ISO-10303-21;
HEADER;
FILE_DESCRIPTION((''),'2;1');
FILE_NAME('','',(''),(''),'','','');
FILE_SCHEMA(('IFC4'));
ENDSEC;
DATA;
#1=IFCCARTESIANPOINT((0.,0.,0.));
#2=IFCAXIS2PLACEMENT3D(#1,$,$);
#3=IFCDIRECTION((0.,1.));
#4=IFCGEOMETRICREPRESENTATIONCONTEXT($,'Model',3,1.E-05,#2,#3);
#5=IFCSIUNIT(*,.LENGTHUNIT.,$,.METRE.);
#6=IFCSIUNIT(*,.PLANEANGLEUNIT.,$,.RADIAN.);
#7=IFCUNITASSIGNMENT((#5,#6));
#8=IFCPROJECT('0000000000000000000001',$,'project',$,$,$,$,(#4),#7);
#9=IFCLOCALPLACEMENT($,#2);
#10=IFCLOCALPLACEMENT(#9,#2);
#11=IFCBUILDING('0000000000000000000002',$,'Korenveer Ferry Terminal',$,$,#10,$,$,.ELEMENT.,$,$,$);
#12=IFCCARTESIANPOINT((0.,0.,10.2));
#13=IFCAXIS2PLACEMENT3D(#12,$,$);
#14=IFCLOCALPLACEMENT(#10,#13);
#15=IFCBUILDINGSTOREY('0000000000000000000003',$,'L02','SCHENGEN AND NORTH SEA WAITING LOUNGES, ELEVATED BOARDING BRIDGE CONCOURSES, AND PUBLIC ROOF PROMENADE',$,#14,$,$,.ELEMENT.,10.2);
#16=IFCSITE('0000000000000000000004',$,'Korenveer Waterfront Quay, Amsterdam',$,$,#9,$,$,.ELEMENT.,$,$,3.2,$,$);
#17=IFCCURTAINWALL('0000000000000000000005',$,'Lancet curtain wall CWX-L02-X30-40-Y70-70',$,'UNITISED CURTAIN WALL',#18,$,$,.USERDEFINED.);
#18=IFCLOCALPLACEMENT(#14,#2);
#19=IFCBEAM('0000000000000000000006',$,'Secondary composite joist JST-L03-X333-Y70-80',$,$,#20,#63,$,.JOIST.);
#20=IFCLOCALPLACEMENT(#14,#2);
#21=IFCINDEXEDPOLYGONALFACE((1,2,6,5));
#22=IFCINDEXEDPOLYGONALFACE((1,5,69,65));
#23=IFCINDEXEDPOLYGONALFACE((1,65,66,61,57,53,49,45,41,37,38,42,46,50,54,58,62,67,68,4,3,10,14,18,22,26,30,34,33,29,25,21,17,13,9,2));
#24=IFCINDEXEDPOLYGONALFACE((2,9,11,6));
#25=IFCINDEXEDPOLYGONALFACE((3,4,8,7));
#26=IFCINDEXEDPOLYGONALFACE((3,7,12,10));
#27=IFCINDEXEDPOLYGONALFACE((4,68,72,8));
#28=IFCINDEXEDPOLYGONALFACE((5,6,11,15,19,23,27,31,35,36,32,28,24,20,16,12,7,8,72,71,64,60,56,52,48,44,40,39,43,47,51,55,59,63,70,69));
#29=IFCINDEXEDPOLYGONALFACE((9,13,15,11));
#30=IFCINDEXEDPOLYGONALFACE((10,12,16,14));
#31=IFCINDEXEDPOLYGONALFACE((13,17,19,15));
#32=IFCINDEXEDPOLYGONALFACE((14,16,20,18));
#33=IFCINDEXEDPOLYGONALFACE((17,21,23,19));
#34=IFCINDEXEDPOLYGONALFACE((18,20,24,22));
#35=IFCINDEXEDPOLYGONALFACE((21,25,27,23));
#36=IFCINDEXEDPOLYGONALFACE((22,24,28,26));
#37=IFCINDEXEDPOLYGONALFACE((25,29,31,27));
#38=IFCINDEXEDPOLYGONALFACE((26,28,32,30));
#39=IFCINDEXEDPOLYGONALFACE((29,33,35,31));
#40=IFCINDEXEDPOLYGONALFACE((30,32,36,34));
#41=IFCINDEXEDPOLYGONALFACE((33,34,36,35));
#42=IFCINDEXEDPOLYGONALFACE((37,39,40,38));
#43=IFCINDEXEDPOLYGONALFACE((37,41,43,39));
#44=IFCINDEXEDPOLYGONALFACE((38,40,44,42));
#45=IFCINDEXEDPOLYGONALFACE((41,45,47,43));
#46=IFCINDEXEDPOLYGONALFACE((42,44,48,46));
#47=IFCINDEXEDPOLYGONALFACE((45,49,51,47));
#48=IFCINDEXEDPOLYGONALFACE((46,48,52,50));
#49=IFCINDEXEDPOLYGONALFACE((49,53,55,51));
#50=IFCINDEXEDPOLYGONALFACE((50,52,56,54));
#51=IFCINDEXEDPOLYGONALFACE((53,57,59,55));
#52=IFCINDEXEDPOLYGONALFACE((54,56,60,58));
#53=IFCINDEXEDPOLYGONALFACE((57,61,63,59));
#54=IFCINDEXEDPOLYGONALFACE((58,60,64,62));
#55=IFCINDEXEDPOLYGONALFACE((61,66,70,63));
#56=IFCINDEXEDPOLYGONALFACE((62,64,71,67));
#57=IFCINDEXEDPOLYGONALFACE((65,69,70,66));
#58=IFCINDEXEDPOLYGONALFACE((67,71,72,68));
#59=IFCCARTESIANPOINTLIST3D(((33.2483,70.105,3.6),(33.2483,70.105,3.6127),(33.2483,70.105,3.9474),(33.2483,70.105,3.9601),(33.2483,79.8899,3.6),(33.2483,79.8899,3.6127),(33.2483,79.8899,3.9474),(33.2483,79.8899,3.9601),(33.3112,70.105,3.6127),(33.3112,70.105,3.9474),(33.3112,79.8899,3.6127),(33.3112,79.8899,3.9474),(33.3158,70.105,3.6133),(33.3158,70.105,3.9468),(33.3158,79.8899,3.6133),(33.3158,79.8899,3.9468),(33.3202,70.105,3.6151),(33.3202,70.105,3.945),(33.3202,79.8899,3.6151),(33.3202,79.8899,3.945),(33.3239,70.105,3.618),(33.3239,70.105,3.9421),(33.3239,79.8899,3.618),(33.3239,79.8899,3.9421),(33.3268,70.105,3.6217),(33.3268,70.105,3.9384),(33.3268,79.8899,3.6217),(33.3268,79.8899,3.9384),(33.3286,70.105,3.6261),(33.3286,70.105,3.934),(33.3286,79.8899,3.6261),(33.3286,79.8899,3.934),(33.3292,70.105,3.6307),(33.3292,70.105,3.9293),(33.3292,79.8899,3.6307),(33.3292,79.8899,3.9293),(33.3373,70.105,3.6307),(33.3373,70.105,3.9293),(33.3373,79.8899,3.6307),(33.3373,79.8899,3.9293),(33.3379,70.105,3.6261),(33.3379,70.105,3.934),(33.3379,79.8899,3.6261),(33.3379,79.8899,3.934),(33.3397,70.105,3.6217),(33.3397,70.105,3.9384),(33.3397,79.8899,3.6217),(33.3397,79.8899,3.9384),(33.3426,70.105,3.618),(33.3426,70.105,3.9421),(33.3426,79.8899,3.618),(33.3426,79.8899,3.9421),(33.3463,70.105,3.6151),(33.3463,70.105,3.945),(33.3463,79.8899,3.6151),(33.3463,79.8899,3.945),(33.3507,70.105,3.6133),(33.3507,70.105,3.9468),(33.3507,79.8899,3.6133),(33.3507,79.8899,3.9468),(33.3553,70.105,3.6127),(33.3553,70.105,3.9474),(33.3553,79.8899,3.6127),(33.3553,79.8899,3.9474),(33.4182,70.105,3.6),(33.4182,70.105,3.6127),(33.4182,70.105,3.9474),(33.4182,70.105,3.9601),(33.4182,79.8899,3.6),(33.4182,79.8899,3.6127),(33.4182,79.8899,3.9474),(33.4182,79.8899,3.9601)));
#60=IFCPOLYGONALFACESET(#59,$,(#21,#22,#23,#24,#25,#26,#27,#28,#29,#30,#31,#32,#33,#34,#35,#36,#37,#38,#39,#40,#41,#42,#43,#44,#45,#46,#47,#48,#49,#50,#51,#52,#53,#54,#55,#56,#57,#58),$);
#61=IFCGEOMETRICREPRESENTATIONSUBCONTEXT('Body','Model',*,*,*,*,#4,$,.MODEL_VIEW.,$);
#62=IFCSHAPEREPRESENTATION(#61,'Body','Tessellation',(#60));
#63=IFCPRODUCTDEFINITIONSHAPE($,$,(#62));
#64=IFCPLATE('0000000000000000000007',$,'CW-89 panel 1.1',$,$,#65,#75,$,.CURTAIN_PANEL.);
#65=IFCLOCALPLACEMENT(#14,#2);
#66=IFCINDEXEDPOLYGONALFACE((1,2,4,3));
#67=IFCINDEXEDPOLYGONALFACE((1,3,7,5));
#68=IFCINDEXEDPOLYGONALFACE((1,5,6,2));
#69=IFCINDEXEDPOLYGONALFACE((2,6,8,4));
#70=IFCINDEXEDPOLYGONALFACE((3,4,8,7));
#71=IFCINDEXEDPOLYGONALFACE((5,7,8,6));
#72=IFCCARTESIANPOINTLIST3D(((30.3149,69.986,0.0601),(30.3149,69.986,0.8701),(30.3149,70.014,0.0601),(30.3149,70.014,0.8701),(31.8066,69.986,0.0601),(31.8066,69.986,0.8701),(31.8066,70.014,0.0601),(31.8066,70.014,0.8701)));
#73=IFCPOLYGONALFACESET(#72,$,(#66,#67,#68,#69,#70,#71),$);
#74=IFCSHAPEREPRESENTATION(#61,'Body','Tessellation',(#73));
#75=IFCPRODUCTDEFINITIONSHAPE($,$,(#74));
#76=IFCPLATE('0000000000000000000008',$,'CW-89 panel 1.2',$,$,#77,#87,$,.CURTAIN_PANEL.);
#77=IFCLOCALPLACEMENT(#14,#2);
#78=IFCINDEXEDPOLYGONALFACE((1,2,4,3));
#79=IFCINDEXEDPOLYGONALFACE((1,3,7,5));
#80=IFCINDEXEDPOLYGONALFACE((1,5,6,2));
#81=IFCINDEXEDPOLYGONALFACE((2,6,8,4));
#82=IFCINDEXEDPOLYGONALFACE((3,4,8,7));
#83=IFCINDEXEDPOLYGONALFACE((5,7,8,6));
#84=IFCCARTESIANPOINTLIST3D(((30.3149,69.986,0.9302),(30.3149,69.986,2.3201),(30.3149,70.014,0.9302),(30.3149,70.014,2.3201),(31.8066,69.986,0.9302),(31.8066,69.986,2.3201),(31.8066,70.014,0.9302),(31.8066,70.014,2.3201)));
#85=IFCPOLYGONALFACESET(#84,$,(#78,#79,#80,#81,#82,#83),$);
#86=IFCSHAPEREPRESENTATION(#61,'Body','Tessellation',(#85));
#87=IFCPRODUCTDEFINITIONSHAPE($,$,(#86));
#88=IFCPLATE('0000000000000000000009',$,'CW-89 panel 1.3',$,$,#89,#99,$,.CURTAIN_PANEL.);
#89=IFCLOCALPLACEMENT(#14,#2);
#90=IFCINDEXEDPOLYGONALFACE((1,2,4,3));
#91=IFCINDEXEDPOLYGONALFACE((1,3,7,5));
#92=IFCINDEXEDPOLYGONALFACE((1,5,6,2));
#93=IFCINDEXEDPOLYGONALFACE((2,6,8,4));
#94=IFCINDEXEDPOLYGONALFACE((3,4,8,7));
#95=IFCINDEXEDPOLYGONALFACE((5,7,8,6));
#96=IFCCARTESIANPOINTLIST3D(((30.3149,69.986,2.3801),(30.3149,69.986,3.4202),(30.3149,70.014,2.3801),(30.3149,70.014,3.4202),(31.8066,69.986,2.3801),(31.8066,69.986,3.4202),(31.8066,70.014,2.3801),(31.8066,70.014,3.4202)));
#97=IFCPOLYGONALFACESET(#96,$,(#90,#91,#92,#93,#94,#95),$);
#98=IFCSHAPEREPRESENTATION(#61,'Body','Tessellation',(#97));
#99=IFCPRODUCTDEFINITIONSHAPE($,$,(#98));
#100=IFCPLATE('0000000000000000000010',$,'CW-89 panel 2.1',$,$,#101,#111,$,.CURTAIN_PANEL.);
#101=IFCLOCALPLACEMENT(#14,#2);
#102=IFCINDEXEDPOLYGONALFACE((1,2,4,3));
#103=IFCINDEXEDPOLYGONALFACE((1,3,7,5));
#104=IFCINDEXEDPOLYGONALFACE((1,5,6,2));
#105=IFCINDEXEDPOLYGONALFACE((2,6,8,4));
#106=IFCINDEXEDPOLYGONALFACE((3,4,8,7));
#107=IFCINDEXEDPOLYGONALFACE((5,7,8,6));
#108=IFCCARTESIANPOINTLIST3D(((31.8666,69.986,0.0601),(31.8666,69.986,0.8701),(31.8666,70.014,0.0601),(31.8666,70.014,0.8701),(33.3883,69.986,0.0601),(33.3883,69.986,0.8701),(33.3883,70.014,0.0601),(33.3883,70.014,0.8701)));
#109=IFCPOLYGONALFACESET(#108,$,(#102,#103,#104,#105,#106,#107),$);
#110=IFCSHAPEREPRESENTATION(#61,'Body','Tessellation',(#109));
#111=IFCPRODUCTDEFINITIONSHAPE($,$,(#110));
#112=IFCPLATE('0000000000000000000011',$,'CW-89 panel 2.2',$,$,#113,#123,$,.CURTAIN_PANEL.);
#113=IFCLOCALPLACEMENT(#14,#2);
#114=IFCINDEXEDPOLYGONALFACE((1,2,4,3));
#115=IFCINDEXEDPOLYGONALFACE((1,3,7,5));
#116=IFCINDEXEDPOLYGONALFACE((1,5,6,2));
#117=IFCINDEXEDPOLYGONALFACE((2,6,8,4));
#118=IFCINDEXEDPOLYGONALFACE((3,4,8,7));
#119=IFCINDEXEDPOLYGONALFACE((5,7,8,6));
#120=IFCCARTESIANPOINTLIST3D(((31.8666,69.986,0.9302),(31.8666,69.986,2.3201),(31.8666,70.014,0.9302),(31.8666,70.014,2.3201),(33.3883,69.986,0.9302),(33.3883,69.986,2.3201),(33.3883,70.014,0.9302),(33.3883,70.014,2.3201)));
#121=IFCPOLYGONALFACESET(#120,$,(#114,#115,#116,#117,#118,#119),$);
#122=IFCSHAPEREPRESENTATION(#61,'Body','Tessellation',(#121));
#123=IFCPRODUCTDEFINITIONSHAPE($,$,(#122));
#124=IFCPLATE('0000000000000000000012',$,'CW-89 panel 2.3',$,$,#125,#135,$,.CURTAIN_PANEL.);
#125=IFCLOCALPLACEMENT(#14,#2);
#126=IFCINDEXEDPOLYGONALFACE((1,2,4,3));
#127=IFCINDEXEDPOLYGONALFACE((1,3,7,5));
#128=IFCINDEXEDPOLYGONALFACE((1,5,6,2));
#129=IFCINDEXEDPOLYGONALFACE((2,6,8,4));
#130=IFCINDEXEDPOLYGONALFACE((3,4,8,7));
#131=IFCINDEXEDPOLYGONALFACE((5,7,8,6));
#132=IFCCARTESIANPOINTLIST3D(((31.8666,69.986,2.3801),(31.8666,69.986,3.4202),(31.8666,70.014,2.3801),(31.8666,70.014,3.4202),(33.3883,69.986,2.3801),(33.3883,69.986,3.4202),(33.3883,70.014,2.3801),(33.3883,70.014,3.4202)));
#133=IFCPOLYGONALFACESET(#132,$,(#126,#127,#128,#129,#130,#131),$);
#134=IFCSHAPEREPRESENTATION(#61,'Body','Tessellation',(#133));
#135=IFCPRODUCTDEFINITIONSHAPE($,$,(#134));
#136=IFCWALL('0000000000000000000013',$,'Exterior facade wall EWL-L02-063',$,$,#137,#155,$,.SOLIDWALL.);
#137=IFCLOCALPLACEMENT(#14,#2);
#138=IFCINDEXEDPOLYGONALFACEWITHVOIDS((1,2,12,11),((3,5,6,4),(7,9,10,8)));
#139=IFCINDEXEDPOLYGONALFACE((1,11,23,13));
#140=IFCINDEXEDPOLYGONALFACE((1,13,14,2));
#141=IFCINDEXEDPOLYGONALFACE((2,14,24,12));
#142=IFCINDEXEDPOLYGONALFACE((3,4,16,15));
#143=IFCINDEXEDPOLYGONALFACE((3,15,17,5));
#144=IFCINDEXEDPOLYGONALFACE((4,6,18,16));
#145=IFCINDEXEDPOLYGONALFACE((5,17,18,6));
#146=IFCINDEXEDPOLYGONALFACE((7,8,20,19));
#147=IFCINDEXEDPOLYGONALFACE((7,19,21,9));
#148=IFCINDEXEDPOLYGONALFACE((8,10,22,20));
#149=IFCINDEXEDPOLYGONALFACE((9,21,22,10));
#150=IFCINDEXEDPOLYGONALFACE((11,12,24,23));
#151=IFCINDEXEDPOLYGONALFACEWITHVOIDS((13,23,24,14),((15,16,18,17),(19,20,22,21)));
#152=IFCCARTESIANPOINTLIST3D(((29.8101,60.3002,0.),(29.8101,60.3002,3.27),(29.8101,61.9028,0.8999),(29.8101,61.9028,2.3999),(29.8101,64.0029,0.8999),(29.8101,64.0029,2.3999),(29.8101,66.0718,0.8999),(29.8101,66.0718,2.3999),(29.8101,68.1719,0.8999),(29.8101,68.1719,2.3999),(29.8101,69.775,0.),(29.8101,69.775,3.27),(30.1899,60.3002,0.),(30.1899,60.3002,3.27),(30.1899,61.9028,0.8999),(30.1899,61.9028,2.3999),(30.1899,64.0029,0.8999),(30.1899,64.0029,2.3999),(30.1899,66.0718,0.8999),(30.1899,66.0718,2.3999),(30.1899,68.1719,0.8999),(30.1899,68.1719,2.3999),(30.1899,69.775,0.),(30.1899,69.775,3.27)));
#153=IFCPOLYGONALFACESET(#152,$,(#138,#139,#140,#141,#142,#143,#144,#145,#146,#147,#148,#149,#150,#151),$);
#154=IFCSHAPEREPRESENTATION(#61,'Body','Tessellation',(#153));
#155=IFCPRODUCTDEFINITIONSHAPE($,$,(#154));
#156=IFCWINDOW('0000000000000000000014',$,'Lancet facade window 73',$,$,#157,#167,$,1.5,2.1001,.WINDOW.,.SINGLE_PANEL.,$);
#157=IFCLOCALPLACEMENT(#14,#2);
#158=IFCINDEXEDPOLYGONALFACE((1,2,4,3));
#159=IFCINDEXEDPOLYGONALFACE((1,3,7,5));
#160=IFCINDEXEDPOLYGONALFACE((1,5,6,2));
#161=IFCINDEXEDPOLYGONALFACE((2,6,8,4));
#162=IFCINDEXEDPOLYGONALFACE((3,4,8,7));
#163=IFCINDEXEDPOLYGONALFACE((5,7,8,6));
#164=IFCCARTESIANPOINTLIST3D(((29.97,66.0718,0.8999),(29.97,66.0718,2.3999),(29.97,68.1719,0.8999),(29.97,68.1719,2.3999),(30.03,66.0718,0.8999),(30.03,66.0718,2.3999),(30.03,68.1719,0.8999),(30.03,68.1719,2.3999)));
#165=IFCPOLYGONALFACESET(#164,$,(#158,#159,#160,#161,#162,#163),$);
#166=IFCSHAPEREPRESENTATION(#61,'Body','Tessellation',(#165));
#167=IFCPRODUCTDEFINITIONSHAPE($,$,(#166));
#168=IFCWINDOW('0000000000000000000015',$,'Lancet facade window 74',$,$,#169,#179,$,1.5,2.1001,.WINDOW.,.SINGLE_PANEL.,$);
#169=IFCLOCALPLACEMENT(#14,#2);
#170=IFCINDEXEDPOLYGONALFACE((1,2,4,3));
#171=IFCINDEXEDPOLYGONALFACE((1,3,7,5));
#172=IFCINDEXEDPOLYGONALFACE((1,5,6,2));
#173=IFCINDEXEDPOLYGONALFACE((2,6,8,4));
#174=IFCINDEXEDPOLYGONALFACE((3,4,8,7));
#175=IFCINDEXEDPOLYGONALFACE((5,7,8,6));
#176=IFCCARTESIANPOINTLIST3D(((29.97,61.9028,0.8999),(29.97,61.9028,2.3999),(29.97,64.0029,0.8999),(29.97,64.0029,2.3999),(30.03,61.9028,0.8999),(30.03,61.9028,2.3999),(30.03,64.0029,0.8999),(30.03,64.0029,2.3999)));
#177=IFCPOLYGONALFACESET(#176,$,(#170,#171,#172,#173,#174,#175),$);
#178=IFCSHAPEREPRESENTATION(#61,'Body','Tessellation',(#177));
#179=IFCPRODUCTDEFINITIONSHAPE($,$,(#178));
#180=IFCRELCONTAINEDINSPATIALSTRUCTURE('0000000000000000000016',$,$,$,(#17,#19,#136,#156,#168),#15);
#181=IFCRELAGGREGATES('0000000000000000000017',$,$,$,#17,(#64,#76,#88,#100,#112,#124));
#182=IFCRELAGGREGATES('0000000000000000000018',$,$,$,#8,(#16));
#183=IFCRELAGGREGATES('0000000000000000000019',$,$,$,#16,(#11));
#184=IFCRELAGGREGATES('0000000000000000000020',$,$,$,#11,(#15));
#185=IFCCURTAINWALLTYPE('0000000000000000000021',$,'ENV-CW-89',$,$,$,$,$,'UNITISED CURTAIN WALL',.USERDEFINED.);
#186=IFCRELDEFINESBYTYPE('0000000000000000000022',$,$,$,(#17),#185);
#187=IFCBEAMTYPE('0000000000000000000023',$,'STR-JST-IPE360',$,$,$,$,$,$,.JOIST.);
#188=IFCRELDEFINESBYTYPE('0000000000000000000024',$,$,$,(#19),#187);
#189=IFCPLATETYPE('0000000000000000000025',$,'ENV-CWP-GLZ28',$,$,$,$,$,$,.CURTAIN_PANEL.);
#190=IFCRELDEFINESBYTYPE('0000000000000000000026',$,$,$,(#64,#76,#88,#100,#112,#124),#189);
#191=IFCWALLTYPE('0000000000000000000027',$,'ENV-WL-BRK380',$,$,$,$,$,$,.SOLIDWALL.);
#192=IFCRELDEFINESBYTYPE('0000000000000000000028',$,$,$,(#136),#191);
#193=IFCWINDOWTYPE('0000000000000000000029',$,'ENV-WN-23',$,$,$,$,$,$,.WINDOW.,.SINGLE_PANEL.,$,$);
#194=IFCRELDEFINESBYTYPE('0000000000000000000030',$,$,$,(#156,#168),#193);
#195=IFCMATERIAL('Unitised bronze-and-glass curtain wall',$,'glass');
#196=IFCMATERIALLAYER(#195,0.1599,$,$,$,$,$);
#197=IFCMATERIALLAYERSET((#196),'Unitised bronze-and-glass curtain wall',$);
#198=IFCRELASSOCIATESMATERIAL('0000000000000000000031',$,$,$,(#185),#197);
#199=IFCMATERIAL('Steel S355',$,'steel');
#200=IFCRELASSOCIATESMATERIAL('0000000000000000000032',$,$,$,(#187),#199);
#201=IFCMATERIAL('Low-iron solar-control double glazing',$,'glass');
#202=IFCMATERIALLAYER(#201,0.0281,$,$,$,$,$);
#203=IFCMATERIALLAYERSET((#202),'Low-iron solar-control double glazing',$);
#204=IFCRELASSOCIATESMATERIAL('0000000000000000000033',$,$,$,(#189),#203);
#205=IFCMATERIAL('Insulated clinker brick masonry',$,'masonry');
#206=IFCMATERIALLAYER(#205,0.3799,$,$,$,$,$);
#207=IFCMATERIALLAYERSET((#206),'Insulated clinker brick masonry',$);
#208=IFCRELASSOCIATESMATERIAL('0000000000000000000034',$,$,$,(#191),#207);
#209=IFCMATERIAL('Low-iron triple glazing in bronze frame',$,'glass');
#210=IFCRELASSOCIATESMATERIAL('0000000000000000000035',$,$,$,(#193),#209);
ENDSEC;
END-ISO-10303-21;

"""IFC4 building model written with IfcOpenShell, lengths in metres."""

from ifc_helpers import new_model, si_unit, direction, frame, frame_2d, origin, origin_2d, place, context, subcontext, project, spatial, rectangle, i_section, extrude, material, layer, layer_set, material_profile, profile_set, type_object, element, fill, aggregate, save


model = new_model("IFC4")

# Units and contexts
model_context = context("Model", 3, precision=1e-05, world=origin(), true_north=direction((0.0, 1.0)))
body_context = subcontext(model_context, "Body", "Model", "MODEL_VIEW")
ifc_project = project(units=[si_unit("LENGTHUNIT", "METRE"), si_unit("PLANEANGLEUNIT", "RADIAN")], contexts=[model_context])

# Site, building, storey
site_placement = place(None, origin())
site = spatial("IfcSite", under=ifc_project, at=site_placement, Name="Korenveer Waterfront Quay, Amsterdam", CompositionType="ELEMENT", RefElevation=3.2)
building_placement = place(site_placement, origin())
building = spatial("IfcBuilding", under=site, at=building_placement, Name="Korenveer Ferry Terminal", CompositionType="ELEMENT")
storey_placement = place(building_placement, frame((0.0, 0.0, 10.2)))
storey = spatial("IfcBuildingStorey", under=building, at=storey_placement, Name="L02", Description="SCHENGEN AND NORTH SEA WAITING LOUNGES, ELEVATED BOARDING BRIDGE CONCOURSES, AND PUBLIC ROOF PROMENADE", CompositionType="ELEMENT", Elevation=10.2)

# Curtain wall
ifc_material_1 = material(Name="Unitised bronze-and-glass curtain wall", Category="glass")
ifc_layer_1 = layer(ifc_material_1, 0.1599)
ifc_layer_set_1 = layer_set([ifc_layer_1], Name="Unitised bronze-and-glass curtain wall")
curtain_wall_type = type_object("IfcCurtainWallType", Name="ENV-CW-89", ElementType="UNITISED CURTAIN WALL", PredefinedType="USERDEFINED", material=ifc_layer_set_1)
curtain_wall_placement = place(storey_placement, frame((30.2549, 70.0, 0.0)))
curtain_wall = element("IfcCurtainWall", 1, at=curtain_wall_placement, inside=storey, type_object=curtain_wall_type, Name="Lancet curtain wall CWX-L02-X30-40-Y70-70", ObjectType="UNITISED CURTAIN WALL", PredefinedType="USERDEFINED")

# Beam
ifc_material_2 = material(Name="Steel S355", Category="steel")
ifc_material_profile_1 = material_profile(ifc_material_2, i_section(OverallWidth=0.1699, OverallDepth=0.3601, WebThickness=0.0081, FlangeThickness=0.0127, FilletRadius=0.0181, at=origin_2d()), Name="IPE 360")
ifc_profile_set_1 = profile_set([ifc_material_profile_1], Name="Steel S355")
beam_type_1 = type_object("IfcBeamType", Name="STR-JST-IPE360", PredefinedType="JOIST", material=ifc_profile_set_1)
for number, where, z_axis, x_axis, name in (
    (2, (33.3333, 70.105, 3.78), (0.0, 1.0, 0.0), (-1.0, 0.0, 0.0), "Secondary composite joist JST-L03-X333-Y70-80"),
):
    element("IfcBeam", number, at=place(storey_placement, frame(where, z_axis=z_axis, x_axis=x_axis)), inside=storey, type_object=beam_type_1, Name=name, PredefinedType="JOIST", context=body_context, shape_type="SweptSolid", body=[
        extrude(i_section(OverallWidth=0.1699, OverallDepth=0.3601, WebThickness=0.0081, FlangeThickness=0.0127, FilletRadius=0.0181, at=origin_2d()), origin(), (0.0, 0.0, 1.0), 9.7849),
    ])

# Plates
ifc_material_3 = material(Name="Low-iron solar-control double glazing", Category="glass")
ifc_layer_2 = layer(ifc_material_3, 0.0281)
ifc_layer_set_2 = layer_set([ifc_layer_2], Name="Low-iron solar-control double glazing")
plate_type = type_object("IfcPlateType", Name="ENV-CWP-GLZ28", PredefinedType="CURTAIN_PANEL", material=ifc_layer_set_2)
plate_1_placement = place(storey_placement, frame((31.0608, 70.0, 0.0601), z_axis=(0.0, 0.0, 1.0), x_axis=(1.0, 0.0, 0.0)))
plate_1 = element("IfcPlate", 3, at=plate_1_placement, type_object=plate_type, Name="CW-89 panel 1.1", PredefinedType="CURTAIN_PANEL", context=body_context, shape_type="SweptSolid", body=[
    extrude(rectangle(XDim=1.4917, YDim=0.0281, at=origin_2d()), origin(), (0.0, 0.0, 1.0), 0.8101),
])
plate_2_placement = place(storey_placement, frame((31.0608, 70.0, 0.9302), z_axis=(0.0, 0.0, 1.0), x_axis=(1.0, 0.0, 0.0)))
plate_2 = element("IfcPlate", 4, at=plate_2_placement, type_object=plate_type, Name="CW-89 panel 1.2", PredefinedType="CURTAIN_PANEL", context=body_context, shape_type="SweptSolid", body=[
    extrude(rectangle(XDim=1.4917, YDim=0.0281, at=origin_2d()), origin(), (0.0, 0.0, 1.0), 1.3899),
])
plate_3_placement = place(storey_placement, frame((31.0608, 70.0, 2.3801), z_axis=(0.0, 0.0, 1.0), x_axis=(1.0, 0.0, 0.0)))
plate_3 = element("IfcPlate", 5, at=plate_3_placement, type_object=plate_type, Name="CW-89 panel 1.3", PredefinedType="CURTAIN_PANEL", context=body_context, shape_type="SweptSolid", body=[
    extrude(rectangle(XDim=1.4917, YDim=0.0281, at=origin_2d()), origin(), (0.0, 0.0, 1.0), 1.04),
])
plate_4_placement = place(storey_placement, frame((32.6274, 70.0, 0.0601), z_axis=(0.0, 0.0, 1.0), x_axis=(1.0, 0.0, 0.0)))
plate_4 = element("IfcPlate", 6, at=plate_4_placement, type_object=plate_type, Name="CW-89 panel 2.1", PredefinedType="CURTAIN_PANEL", context=body_context, shape_type="SweptSolid", body=[
    extrude(rectangle(XDim=1.5217, YDim=0.0281, at=origin_2d()), origin(), (0.0, 0.0, 1.0), 0.8101),
])
plate_5_placement = place(storey_placement, frame((32.6274, 70.0, 0.9302), z_axis=(0.0, 0.0, 1.0), x_axis=(1.0, 0.0, 0.0)))
plate_5 = element("IfcPlate", 7, at=plate_5_placement, type_object=plate_type, Name="CW-89 panel 2.2", PredefinedType="CURTAIN_PANEL", context=body_context, shape_type="SweptSolid", body=[
    extrude(rectangle(XDim=1.5217, YDim=0.0281, at=origin_2d()), origin(), (0.0, 0.0, 1.0), 1.3899),
])
plate_6_placement = place(storey_placement, frame((32.6274, 70.0, 2.3801), z_axis=(0.0, 0.0, 1.0), x_axis=(1.0, 0.0, 0.0)))
plate_6 = element("IfcPlate", 8, at=plate_6_placement, type_object=plate_type, Name="CW-89 panel 2.3", PredefinedType="CURTAIN_PANEL", context=body_context, shape_type="SweptSolid", body=[
    extrude(rectangle(XDim=1.5217, YDim=0.0281, at=origin_2d()), origin(), (0.0, 0.0, 1.0), 1.04),
])
aggregate(curtain_wall, [plate_1, plate_2, plate_3, plate_4, plate_5, plate_6])

# Wall, openings, windows
ifc_material_4 = material(Name="Insulated clinker brick masonry", Category="masonry")
ifc_layer_3 = layer(ifc_material_4, 0.3799)
ifc_layer_set_3 = layer_set([ifc_layer_3], Name="Insulated clinker brick masonry")
wall_type_1 = type_object("IfcWallType", Name="ENV-WL-BRK380", PredefinedType="SOLIDWALL", material=ifc_layer_set_3)
wall_1_placement = place(storey_placement, frame((30.0, 69.7749, 0.0), z_axis=(0.0, 0.0, 1.0), x_axis=(0.0, -1.0, 0.0)))
wall_1 = element("IfcWall", 9, at=wall_1_placement, inside=storey, type_object=wall_type_1, Name="Exterior facade wall EWL-L02-063", PredefinedType="SOLIDWALL", context=body_context, shape_type="SweptSolid", body=[
    extrude(rectangle(XDim=9.4749, YDim=0.3799, at=frame_2d((4.7373, 0.0))), origin(), (0.0, 0.0, 1.0), 3.27),
])
opening_1_placement = place(wall_1_placement, frame((1.603, 0.0, 0.8999)))
opening_1 = element("IfcOpeningElement", 10, at=opening_1_placement, cuts=wall_1, PredefinedType="OPENING", context=body_context, shape_type="SweptSolid", body=[
    extrude(rectangle(XDim=2.1001, YDim=1.5, at=frame_2d((1.05, 0.75))), frame((0.0, 0.2, 0.0), z_axis=(0.0, -1.0, 0.0), x_axis=(1.0, 0.0, 0.0)), (0.0, 0.0, 1.0), 0.3999),
])
opening_2_placement = place(wall_1_placement, frame((5.772, 0.0, 0.8999)))
opening_2 = element("IfcOpeningElement", 11, at=opening_2_placement, cuts=wall_1, PredefinedType="OPENING", context=body_context, shape_type="SweptSolid", body=[
    extrude(rectangle(XDim=2.1001, YDim=1.5, at=frame_2d((1.05, 0.75))), frame((0.0, 0.2, 0.0), z_axis=(0.0, -1.0, 0.0), x_axis=(1.0, 0.0, 0.0)), (0.0, 0.0, 1.0), 0.3999),
])
ifc_material_5 = material(Name="Low-iron triple glazing in bronze frame", Category="glass")
window_type = type_object("IfcWindowType", Name="ENV-WN-23", PartitioningType="SINGLE_PANEL", PredefinedType="WINDOW", material=ifc_material_5)
window_1_placement = place(opening_1_placement, origin())
window_1 = element("IfcWindow", 12, at=window_1_placement, inside=storey, type_object=window_type, Name="Lancet facade window 73", OverallHeight=1.5, OverallWidth=2.1001, PartitioningType="SINGLE_PANEL", PredefinedType="WINDOW", context=body_context, shape_type="SweptSolid", body=[
    extrude(rectangle(XDim=2.1001, YDim=1.5, at=frame_2d((1.05, 0.75))), frame((0.0, 0.03, 0.0), z_axis=(0.0, -1.0, 0.0), x_axis=(1.0, 0.0, 0.0)), (0.0, 0.0, 1.0), 0.0601),
])
fill(opening_1, window_1)
window_2_placement = place(opening_2_placement, origin())
window_2 = element("IfcWindow", 13, at=window_2_placement, inside=storey, type_object=window_type, Name="Lancet facade window 74", OverallHeight=1.5, OverallWidth=2.1001, PartitioningType="SINGLE_PANEL", PredefinedType="WINDOW", context=body_context, shape_type="SweptSolid", body=[
    extrude(rectangle(XDim=2.1001, YDim=1.5, at=frame_2d((1.05, 0.75))), frame((0.0, 0.03, 0.0), z_axis=(0.0, -1.0, 0.0), x_axis=(1.0, 0.0, 0.0)), (0.0, 0.0, 1.0), 0.0601),
])
fill(opening_2, window_2)

save(model, "model.ifc")
